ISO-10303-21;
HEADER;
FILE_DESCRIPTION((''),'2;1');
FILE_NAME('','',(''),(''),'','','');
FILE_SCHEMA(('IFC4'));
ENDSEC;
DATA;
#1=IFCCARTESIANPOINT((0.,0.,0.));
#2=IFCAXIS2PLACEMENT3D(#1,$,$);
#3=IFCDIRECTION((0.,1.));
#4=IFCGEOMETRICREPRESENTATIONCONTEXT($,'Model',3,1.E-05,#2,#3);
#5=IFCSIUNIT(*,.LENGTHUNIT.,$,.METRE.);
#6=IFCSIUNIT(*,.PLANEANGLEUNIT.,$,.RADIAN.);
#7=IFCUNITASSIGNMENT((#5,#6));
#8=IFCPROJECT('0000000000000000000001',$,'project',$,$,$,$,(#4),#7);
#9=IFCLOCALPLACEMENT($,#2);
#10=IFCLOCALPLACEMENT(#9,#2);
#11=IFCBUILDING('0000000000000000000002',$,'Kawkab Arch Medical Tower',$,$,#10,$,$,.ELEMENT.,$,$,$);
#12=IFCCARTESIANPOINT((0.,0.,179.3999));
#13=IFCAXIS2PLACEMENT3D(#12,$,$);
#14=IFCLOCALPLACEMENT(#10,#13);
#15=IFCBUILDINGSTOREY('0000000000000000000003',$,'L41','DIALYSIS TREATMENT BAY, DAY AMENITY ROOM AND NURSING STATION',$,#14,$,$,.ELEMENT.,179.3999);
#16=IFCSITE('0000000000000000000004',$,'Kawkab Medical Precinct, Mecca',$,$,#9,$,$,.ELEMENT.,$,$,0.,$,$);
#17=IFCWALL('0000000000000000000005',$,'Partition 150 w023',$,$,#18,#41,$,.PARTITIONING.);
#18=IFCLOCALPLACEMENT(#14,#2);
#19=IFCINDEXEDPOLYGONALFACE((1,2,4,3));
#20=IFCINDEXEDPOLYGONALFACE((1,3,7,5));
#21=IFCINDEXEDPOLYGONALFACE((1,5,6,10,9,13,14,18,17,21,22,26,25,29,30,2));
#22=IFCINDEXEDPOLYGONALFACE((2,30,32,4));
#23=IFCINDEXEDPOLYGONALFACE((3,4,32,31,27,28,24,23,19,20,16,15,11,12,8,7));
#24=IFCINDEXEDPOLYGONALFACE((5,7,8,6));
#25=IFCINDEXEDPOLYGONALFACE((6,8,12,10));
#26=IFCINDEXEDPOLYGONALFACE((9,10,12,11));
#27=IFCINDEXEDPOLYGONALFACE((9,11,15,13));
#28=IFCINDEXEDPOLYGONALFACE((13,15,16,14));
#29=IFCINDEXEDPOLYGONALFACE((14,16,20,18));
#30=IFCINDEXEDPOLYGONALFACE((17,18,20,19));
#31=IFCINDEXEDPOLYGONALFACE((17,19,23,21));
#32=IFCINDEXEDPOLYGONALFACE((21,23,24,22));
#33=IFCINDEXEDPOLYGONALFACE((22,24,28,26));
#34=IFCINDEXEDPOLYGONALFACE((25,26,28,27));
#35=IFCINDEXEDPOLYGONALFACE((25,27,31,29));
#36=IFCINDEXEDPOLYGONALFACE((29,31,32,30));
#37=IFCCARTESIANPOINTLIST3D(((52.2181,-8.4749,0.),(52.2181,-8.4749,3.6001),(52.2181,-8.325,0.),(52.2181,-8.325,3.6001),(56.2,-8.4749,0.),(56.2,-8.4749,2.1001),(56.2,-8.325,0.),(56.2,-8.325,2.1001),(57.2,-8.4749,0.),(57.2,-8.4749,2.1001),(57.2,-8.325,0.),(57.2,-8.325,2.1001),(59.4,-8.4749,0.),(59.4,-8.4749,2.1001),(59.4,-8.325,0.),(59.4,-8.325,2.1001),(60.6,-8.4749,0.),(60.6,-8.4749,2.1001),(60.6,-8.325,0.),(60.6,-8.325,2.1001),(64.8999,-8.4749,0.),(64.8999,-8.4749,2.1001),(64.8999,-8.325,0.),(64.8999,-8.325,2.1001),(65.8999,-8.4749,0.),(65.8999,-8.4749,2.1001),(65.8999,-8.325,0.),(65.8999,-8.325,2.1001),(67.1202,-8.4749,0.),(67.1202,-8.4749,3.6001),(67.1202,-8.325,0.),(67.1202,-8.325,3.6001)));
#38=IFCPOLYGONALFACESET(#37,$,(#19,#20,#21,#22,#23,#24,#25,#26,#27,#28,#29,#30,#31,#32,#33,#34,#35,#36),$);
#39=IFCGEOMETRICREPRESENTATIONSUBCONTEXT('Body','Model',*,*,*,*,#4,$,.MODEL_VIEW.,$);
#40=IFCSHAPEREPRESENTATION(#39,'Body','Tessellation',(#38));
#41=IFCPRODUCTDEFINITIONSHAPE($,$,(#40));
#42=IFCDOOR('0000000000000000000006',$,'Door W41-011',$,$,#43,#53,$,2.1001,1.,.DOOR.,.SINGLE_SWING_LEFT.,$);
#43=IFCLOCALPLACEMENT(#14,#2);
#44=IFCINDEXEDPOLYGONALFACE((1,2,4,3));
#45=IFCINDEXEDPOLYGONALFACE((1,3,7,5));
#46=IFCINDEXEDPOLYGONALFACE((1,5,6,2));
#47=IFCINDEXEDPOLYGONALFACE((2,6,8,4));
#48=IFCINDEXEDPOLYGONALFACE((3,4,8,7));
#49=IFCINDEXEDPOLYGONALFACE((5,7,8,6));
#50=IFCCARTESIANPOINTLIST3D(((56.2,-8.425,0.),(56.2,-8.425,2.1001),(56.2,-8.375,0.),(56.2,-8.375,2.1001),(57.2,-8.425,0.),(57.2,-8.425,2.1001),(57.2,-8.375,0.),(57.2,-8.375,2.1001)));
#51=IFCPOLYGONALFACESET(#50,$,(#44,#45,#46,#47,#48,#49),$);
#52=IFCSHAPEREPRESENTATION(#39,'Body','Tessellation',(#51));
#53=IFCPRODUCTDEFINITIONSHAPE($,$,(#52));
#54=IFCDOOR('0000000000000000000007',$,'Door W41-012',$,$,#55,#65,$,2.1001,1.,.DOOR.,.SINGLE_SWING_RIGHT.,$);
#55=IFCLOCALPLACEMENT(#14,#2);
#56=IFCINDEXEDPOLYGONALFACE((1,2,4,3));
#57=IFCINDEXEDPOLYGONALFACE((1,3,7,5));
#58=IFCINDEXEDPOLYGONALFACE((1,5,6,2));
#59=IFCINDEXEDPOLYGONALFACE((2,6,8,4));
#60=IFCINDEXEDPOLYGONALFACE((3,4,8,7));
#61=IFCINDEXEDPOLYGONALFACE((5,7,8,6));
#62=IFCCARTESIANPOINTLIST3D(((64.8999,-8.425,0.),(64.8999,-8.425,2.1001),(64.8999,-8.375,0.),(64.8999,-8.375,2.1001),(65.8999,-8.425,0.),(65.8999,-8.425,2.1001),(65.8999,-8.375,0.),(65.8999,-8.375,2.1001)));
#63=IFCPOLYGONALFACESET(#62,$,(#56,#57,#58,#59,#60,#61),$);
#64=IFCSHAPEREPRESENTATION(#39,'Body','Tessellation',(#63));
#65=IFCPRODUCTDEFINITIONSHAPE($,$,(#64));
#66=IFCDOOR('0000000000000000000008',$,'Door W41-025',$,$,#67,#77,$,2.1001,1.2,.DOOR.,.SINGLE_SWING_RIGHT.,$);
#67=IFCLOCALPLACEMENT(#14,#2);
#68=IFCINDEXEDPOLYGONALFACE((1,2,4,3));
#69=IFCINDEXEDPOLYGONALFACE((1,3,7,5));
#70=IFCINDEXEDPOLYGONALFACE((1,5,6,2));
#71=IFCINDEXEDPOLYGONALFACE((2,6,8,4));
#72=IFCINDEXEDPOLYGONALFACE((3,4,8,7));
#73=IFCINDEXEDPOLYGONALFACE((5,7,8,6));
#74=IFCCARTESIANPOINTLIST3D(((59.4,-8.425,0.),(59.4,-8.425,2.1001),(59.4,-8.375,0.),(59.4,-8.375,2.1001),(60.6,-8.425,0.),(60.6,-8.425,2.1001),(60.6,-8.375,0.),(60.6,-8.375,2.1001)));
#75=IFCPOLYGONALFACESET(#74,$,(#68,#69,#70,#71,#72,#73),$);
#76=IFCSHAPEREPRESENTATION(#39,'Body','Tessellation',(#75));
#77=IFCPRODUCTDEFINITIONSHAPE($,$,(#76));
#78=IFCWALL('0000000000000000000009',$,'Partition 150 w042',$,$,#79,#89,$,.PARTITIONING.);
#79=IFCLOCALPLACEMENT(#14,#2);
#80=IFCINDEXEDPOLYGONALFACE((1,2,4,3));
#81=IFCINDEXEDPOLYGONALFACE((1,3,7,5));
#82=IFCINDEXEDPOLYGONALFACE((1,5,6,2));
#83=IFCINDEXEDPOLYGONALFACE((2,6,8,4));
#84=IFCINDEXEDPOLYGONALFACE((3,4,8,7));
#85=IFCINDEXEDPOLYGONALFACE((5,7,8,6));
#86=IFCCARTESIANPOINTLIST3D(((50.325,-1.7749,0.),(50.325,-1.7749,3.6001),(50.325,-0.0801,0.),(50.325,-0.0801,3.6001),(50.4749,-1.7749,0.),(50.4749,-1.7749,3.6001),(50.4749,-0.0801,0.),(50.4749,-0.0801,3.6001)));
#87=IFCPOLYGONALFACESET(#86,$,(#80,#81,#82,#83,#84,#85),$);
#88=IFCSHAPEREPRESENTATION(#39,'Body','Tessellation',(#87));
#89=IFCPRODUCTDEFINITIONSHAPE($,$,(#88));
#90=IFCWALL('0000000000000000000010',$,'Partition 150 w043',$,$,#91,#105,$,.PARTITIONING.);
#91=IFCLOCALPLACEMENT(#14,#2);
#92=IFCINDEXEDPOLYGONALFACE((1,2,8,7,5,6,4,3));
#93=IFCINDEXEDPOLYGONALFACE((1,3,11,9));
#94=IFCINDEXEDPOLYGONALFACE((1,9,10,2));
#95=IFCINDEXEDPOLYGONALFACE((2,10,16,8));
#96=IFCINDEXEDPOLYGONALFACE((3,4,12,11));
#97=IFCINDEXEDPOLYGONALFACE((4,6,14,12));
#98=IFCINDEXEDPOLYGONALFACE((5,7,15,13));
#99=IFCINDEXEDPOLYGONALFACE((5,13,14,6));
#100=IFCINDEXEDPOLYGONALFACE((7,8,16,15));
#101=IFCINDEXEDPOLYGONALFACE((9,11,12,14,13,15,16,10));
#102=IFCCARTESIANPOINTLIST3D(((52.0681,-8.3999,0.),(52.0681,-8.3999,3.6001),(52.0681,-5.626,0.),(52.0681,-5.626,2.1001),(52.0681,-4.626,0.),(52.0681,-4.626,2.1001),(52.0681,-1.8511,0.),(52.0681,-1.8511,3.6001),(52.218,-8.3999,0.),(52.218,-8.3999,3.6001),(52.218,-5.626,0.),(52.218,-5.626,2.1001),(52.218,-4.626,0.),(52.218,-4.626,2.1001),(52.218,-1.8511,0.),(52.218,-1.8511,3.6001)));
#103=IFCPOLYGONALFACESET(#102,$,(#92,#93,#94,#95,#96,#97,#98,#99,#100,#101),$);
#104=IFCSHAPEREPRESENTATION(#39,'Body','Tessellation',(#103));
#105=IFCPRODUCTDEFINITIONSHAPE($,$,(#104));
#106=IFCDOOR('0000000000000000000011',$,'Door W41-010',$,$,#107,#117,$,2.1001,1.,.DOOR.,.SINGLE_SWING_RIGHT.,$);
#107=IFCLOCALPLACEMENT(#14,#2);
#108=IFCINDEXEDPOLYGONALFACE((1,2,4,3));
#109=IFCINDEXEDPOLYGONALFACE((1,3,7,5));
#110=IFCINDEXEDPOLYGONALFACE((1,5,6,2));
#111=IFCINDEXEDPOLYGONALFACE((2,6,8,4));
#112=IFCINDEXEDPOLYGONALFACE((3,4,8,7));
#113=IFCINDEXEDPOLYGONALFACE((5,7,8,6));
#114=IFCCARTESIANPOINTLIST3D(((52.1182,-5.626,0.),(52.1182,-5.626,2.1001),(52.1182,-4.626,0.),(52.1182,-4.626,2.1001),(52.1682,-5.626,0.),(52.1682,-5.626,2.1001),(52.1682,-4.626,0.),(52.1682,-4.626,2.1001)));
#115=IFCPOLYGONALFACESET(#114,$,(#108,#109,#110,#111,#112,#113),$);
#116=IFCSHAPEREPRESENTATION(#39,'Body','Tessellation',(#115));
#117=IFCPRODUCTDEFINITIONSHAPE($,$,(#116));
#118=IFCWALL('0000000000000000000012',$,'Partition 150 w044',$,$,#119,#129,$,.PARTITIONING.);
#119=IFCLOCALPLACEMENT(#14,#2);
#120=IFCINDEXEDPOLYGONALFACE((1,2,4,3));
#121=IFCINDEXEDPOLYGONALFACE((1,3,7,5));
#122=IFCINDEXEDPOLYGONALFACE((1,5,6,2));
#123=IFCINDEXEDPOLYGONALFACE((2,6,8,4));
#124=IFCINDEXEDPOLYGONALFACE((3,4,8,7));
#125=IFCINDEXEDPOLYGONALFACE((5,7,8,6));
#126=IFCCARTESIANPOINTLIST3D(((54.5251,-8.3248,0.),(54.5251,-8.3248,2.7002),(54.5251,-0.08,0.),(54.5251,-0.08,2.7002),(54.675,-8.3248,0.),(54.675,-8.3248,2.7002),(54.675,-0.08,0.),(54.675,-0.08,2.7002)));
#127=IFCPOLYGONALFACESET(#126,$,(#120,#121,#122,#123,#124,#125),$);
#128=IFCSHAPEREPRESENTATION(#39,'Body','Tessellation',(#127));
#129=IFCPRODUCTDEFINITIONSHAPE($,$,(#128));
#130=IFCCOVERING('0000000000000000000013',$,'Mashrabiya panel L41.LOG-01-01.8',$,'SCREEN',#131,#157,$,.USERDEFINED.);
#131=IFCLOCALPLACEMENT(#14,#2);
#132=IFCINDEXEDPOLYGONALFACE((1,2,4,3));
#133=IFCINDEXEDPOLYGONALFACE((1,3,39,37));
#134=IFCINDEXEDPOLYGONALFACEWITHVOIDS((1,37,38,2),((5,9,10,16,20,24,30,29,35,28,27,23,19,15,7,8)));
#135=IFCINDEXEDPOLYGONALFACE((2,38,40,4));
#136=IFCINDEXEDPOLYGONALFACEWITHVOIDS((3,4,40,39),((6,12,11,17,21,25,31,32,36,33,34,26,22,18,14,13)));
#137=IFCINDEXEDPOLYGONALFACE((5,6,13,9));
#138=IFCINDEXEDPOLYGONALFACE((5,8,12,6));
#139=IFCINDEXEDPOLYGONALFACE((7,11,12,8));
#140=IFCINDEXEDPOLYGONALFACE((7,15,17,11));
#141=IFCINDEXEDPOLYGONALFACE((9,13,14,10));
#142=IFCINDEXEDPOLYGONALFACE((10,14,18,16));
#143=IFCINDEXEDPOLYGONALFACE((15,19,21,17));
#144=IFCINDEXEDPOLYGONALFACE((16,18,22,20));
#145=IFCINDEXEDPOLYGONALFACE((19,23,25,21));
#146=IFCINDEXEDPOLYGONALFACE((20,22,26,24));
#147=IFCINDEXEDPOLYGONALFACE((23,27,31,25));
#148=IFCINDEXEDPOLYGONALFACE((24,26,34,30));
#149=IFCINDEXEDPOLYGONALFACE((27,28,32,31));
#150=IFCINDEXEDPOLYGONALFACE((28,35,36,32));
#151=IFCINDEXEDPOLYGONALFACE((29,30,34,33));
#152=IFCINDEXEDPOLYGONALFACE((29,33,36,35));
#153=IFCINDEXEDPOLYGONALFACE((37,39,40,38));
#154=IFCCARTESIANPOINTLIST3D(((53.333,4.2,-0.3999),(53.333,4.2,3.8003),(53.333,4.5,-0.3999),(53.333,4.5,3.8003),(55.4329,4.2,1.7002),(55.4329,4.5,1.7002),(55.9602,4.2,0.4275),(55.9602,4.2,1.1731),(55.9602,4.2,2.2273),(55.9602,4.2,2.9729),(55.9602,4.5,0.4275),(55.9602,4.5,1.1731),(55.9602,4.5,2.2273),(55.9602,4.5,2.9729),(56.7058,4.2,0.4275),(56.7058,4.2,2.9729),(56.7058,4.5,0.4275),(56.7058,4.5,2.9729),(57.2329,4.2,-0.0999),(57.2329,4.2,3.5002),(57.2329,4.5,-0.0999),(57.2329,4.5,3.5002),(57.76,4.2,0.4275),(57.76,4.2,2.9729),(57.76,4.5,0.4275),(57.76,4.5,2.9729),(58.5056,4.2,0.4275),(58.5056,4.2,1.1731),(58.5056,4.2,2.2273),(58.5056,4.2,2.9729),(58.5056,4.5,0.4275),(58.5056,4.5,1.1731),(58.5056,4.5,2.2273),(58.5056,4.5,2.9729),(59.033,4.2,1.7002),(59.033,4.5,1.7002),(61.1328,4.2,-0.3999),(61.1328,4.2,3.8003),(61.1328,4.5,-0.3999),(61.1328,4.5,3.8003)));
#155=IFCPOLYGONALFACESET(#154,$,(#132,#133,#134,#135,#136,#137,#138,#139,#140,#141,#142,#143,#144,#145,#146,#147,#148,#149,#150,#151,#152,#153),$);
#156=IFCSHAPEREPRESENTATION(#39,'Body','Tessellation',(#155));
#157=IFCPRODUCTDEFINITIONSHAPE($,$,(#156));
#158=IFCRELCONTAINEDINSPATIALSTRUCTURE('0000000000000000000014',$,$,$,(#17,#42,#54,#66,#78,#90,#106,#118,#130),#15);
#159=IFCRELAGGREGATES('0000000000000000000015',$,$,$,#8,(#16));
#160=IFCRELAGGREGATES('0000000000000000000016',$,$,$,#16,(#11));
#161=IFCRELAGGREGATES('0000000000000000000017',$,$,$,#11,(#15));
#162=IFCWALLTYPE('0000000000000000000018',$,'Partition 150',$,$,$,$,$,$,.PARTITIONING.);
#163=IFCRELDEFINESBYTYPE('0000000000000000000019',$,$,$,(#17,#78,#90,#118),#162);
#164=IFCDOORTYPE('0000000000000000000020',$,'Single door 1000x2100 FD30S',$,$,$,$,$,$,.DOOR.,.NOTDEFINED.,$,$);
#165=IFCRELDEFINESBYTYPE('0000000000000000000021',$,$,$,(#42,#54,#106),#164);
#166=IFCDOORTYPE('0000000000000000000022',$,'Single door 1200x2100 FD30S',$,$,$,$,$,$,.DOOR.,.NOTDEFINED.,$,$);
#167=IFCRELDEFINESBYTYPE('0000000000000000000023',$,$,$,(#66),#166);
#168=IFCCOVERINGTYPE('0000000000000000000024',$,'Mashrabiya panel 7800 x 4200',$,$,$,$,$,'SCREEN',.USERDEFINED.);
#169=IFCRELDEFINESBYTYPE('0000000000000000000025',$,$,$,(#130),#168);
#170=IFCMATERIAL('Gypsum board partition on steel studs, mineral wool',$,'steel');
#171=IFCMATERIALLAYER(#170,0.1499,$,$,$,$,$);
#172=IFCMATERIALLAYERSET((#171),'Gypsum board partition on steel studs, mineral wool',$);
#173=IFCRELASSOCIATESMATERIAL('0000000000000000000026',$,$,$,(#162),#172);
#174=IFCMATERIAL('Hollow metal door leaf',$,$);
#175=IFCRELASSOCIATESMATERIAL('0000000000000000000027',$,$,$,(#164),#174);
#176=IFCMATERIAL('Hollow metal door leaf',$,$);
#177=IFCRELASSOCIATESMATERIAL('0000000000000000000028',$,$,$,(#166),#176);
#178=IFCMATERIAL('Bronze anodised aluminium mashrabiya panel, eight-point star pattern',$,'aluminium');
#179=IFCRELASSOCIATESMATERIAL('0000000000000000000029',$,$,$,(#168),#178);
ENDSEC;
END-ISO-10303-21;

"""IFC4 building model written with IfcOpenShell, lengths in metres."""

from ifc_helpers import new_model, si_unit, direction, frame, frame_2d, origin, place, context, subcontext, project, spatial, polyline, rectangle, outline, extrude, material, layer, layer_set, material_profile, profile_set, type_object, element, fill, save


model = new_model("IFC4")

# Units and contexts
model_context = context("Model", 3, precision=1e-05, world=origin(), true_north=direction((0.0, 1.0)))
body_context = subcontext(model_context, "Body", "Model", "MODEL_VIEW")
ifc_project = project(units=[si_unit("LENGTHUNIT", "METRE"), si_unit("PLANEANGLEUNIT", "RADIAN")], contexts=[model_context])

# Site, building, storey
site_placement = place(None, origin())
site = spatial("IfcSite", under=ifc_project, at=site_placement, Name="Kawkab Medical Precinct, Mecca", CompositionType="ELEMENT", RefElevation=0.0)
building_placement = place(site_placement, origin())
building = spatial("IfcBuilding", under=site, at=building_placement, Name="Kawkab Arch Medical Tower", CompositionType="ELEMENT")
storey_placement = place(building_placement, frame((0.0, 0.0, 179.3999)))
storey = spatial("IfcBuildingStorey", under=building, at=storey_placement, Name="L41", Description="DIALYSIS TREATMENT BAY, DAY AMENITY ROOM AND NURSING STATION", CompositionType="ELEMENT", Elevation=179.3999)

# Wall, openings, doors
ifc_material_1 = material(Name="Gypsum board partition on steel studs, mineral wool", Category="steel")
ifc_layer_1 = layer(ifc_material_1, 0.1499)
ifc_layer_set_1 = layer_set([ifc_layer_1], Name="Gypsum board partition on steel studs, mineral wool")
wall_type_1 = type_object("IfcWallType", Name="Partition 150", PredefinedType="PARTITIONING", material=ifc_layer_set_1)
wall_1_placement = place(storey_placement, frame((52.218, -8.3999, 0.0), z_axis=(0.0, 0.0, 1.0), x_axis=(1.0, 0.0, 0.0)))
wall_1 = element("IfcWall", 1, at=wall_1_placement, inside=storey, type_object=wall_type_1, Name="Partition 150 w023", PredefinedType="PARTITIONING", context=body_context, shape_type="SweptSolid", body=[
    extrude(rectangle(XDim=14.9021, YDim=0.1499, at=frame_2d((7.4512, 0.0))), origin(), (0.0, 0.0, 1.0), 3.6001),
])
opening_1_placement = place(wall_1_placement, frame((3.9819, 0.0, 0.0)))
opening_1 = element("IfcOpeningElement", 2, at=opening_1_placement, cuts=wall_1, PredefinedType="OPENING", context=body_context, shape_type="SweptSolid", body=[
    extrude(rectangle(XDim=1.0, YDim=2.1001, at=frame_2d((0.5, 1.05))), frame((0.0, 0.085, 0.0), z_axis=(0.0, -1.0, 0.0), x_axis=(1.0, 0.0, 0.0)), (0.0, 0.0, 1.0), 0.1699),
])
opening_2_placement = place(wall_1_placement, frame((7.1819, 0.0, 0.0)))
opening_2 = element("IfcOpeningElement", 3, at=opening_2_placement, cuts=wall_1, PredefinedType="OPENING", context=body_context, shape_type="SweptSolid", body=[
    extrude(rectangle(XDim=1.2, YDim=2.1001, at=frame_2d((0.6001, 1.05))), frame((0.0, 0.085, 0.0), z_axis=(0.0, -1.0, 0.0), x_axis=(1.0, 0.0, 0.0)), (0.0, 0.0, 1.0), 0.1699),
])
opening_3_placement = place(wall_1_placement, frame((12.6819, 0.0, 0.0)))
opening_3 = element("IfcOpeningElement", 4, at=opening_3_placement, cuts=wall_1, PredefinedType="OPENING", context=body_context, shape_type="SweptSolid", body=[
    extrude(rectangle(XDim=1.0, YDim=2.1001, at=frame_2d((0.5, 1.05))), frame((0.0, 0.085, 0.0), z_axis=(0.0, -1.0, 0.0), x_axis=(1.0, 0.0, 0.0)), (0.0, 0.0, 1.0), 0.1699),
])
ifc_material_2 = material(Name="Hollow metal door leaf")
door_type_1 = type_object("IfcDoorType", Name="Single door 1000x2100 FD30S", OperationType="NOTDEFINED", PredefinedType="DOOR", material=ifc_material_2)
door_1_placement = place(opening_1_placement, origin())
door_1 = element("IfcDoor", 5, at=door_1_placement, inside=storey, type_object=door_type_1, Name="Door W41-011", OperationType="SINGLE_SWING_LEFT", OverallHeight=2.1001, OverallWidth=1.0, PredefinedType="DOOR", context=body_context, shape_type="SweptSolid", body=[
    extrude(rectangle(XDim=1.0, YDim=2.1001, at=frame_2d((0.5, 1.05))), frame((0.0, 0.0249, 0.0), z_axis=(0.0, -1.0, 0.0), x_axis=(1.0, 0.0, 0.0)), (0.0, 0.0, 1.0), 0.05),
])
fill(opening_1, door_1)
door_2_placement = place(opening_3_placement, origin())
door_2 = element("IfcDoor", 6, at=door_2_placement, inside=storey, type_object=door_type_1, Name="Door W41-012", OperationType="SINGLE_SWING_RIGHT", OverallHeight=2.1001, OverallWidth=1.0, PredefinedType="DOOR", context=body_context, shape_type="SweptSolid", body=[
    extrude(rectangle(XDim=1.0, YDim=2.1001, at=frame_2d((0.5, 1.05))), frame((0.0, 0.0249, 0.0), z_axis=(0.0, -1.0, 0.0), x_axis=(1.0, 0.0, 0.0)), (0.0, 0.0, 1.0), 0.05),
])
fill(opening_3, door_2)
ifc_material_3 = material(Name="Hollow metal door leaf")
door_type_2 = type_object("IfcDoorType", Name="Single door 1200x2100 FD30S", OperationType="NOTDEFINED", PredefinedType="DOOR", material=ifc_material_3)
door_3_placement = place(opening_2_placement, origin())
door_3 = element("IfcDoor", 7, at=door_3_placement, inside=storey, type_object=door_type_2, Name="Door W41-025", OperationType="SINGLE_SWING_RIGHT", OverallHeight=2.1001, OverallWidth=1.2, PredefinedType="DOOR", context=body_context, shape_type="SweptSolid", body=[
    extrude(rectangle(XDim=1.2, YDim=2.1001, at=frame_2d((0.6001, 1.05))), frame((0.0, 0.0249, 0.0), z_axis=(0.0, -1.0, 0.0), x_axis=(1.0, 0.0, 0.0)), (0.0, 0.0, 1.0), 0.05),
])
fill(opening_2, door_3)

# Wall
wall_2_placement = place(storey_placement, frame((50.3999, -1.7749, 0.0), z_axis=(0.0, 0.0, 1.0), x_axis=(0.0, 1.0, 0.0)))
element("IfcWall", 8, at=wall_2_placement, inside=storey, type_object=wall_type_1, Name="Partition 150 w042", PredefinedType="PARTITIONING", context=body_context, shape_type="SweptSolid", body=[
    extrude(rectangle(XDim=1.6948, YDim=0.1499, at=frame_2d((0.8474, 0.0))), origin(), (0.0, 0.0, 1.0), 3.6001),
])

# Wall, opening, door
wall_3_placement = place(storey_placement, frame((52.1431, -8.3999, 0.0), z_axis=(0.0, 0.0, 1.0), x_axis=(0.0, 1.0, 0.0)))
wall_3 = element("IfcWall", 9, at=wall_3_placement, inside=storey, type_object=wall_type_1, Name="Partition 150 w043", PredefinedType="PARTITIONING", context=body_context, shape_type="SweptSolid", body=[
    extrude(rectangle(XDim=6.5488, YDim=0.1499, at=frame_2d((3.2744, 0.0))), origin(), (0.0, 0.0, 1.0), 3.6001),
])
opening_4_placement = place(wall_3_placement, frame((2.7739, 0.0, 0.0)))
opening_4 = element("IfcOpeningElement", 10, at=opening_4_placement, cuts=wall_3, PredefinedType="OPENING", context=body_context, shape_type="SweptSolid", body=[
    extrude(rectangle(XDim=1.0, YDim=2.1001, at=frame_2d((0.5, 1.05))), frame((0.0, 0.085, 0.0), z_axis=(0.0, -1.0, 0.0), x_axis=(1.0, 0.0, 0.0)), (0.0, 0.0, 1.0), 0.1699),
])
door_4_placement = place(opening_4_placement, origin())
door_4 = element("IfcDoor", 11, at=door_4_placement, inside=storey, type_object=door_type_1, Name="Door W41-010", OperationType="SINGLE_SWING_RIGHT", OverallHeight=2.1001, OverallWidth=1.0, PredefinedType="DOOR", context=body_context, shape_type="SweptSolid", body=[
    extrude(rectangle(XDim=1.0, YDim=2.1001, at=frame_2d((0.5, 1.05))), frame((0.0, 0.0249, 0.0), z_axis=(0.0, -1.0, 0.0), x_axis=(1.0, 0.0, 0.0)), (0.0, 0.0, 1.0), 0.05),
])
fill(opening_4, door_4)

# Wall
wall_4_placement = place(storey_placement, frame((54.6001, -8.325, 0.0), z_axis=(0.0, 0.0, 1.0), x_axis=(0.0, 1.0, 0.0)))
element("IfcWall", 12, at=wall_4_placement, inside=storey, type_object=wall_type_1, Name="Partition 150 w044", PredefinedType="PARTITIONING", context=body_context, shape_type="SweptSolid", body=[
    extrude(rectangle(XDim=8.2449, YDim=0.1499, at=frame_2d((4.1226, 0.0))), origin(), (0.0, 0.0, 1.0), 2.7002),
])

# Covering
ifc_material_4 = material(Name="Bronze anodised aluminium mashrabiya panel, eight-point star pattern", Category="aluminium")
ifc_material_profile_1 = material_profile(ifc_material_4, outline(polyline([(-3.8999, -2.1001), (3.8999, -2.1001), (3.8999, 2.1001), (-3.8999, 2.1001), (-3.8999, -2.1001)]), holes=[polyline([(1.8, 0.0), (1.2727, 0.5271), (1.2727, 1.2727), (0.5271, 1.2727), (0.0, 1.8), (-0.5271, 1.2727), (-1.2727, 1.2727), (-1.2727, 0.5271), (-1.8, 0.0), (-1.2727, -0.5271), (-1.2727, -1.2727), (-0.5271, -1.2727), (0.0, -1.8), (0.5271, -1.2727), (1.2727, -1.2727), (1.2727, -0.5271), (1.8, 0.0)])]), Name="Mashrabiya panel 7800x4200")
ifc_profile_set_1 = profile_set([ifc_material_profile_1], Name="Bronze anodised aluminium mashrabiya panel, eight-point star pattern")
covering_type_1 = type_object("IfcCoveringType", Name="Mashrabiya panel 7800 x 4200", ElementType="SCREEN", PredefinedType="USERDEFINED", material=ifc_profile_set_1)
covering_1_placement = place(storey_placement, frame((57.2329, 4.2, 1.7002), z_axis=(0.0, 1.0, 0.0), x_axis=(-1.0, 0.0, 0.0)))
element("IfcCovering", 13, at=covering_1_placement, inside=storey, type_object=covering_type_1, Name="Mashrabiya panel L41.LOG-01-01.8", ObjectType="SCREEN", PredefinedType="USERDEFINED", context=body_context, shape_type="SweptSolid", body=[
    extrude(outline(polyline([(-3.8999, -2.1001), (3.8999, -2.1001), (3.8999, 2.1001), (-3.8999, 2.1001), (-3.8999, -2.1001)]), holes=[polyline([(1.8, 0.0), (1.2727, 0.5271), (1.2727, 1.2727), (0.5271, 1.2727), (0.0, 1.8), (-0.5271, 1.2727), (-1.2727, 1.2727), (-1.2727, 0.5271), (-1.8, 0.0), (-1.2727, -0.5271), (-1.2727, -1.2727), (-0.5271, -1.2727), (0.0, -1.8), (0.5271, -1.2727), (1.2727, -1.2727), (1.2727, -0.5271), (1.8, 0.0)])]), origin(), (0.0, 0.0, 1.0), 0.3),
])

save(model, "model.ifc")
